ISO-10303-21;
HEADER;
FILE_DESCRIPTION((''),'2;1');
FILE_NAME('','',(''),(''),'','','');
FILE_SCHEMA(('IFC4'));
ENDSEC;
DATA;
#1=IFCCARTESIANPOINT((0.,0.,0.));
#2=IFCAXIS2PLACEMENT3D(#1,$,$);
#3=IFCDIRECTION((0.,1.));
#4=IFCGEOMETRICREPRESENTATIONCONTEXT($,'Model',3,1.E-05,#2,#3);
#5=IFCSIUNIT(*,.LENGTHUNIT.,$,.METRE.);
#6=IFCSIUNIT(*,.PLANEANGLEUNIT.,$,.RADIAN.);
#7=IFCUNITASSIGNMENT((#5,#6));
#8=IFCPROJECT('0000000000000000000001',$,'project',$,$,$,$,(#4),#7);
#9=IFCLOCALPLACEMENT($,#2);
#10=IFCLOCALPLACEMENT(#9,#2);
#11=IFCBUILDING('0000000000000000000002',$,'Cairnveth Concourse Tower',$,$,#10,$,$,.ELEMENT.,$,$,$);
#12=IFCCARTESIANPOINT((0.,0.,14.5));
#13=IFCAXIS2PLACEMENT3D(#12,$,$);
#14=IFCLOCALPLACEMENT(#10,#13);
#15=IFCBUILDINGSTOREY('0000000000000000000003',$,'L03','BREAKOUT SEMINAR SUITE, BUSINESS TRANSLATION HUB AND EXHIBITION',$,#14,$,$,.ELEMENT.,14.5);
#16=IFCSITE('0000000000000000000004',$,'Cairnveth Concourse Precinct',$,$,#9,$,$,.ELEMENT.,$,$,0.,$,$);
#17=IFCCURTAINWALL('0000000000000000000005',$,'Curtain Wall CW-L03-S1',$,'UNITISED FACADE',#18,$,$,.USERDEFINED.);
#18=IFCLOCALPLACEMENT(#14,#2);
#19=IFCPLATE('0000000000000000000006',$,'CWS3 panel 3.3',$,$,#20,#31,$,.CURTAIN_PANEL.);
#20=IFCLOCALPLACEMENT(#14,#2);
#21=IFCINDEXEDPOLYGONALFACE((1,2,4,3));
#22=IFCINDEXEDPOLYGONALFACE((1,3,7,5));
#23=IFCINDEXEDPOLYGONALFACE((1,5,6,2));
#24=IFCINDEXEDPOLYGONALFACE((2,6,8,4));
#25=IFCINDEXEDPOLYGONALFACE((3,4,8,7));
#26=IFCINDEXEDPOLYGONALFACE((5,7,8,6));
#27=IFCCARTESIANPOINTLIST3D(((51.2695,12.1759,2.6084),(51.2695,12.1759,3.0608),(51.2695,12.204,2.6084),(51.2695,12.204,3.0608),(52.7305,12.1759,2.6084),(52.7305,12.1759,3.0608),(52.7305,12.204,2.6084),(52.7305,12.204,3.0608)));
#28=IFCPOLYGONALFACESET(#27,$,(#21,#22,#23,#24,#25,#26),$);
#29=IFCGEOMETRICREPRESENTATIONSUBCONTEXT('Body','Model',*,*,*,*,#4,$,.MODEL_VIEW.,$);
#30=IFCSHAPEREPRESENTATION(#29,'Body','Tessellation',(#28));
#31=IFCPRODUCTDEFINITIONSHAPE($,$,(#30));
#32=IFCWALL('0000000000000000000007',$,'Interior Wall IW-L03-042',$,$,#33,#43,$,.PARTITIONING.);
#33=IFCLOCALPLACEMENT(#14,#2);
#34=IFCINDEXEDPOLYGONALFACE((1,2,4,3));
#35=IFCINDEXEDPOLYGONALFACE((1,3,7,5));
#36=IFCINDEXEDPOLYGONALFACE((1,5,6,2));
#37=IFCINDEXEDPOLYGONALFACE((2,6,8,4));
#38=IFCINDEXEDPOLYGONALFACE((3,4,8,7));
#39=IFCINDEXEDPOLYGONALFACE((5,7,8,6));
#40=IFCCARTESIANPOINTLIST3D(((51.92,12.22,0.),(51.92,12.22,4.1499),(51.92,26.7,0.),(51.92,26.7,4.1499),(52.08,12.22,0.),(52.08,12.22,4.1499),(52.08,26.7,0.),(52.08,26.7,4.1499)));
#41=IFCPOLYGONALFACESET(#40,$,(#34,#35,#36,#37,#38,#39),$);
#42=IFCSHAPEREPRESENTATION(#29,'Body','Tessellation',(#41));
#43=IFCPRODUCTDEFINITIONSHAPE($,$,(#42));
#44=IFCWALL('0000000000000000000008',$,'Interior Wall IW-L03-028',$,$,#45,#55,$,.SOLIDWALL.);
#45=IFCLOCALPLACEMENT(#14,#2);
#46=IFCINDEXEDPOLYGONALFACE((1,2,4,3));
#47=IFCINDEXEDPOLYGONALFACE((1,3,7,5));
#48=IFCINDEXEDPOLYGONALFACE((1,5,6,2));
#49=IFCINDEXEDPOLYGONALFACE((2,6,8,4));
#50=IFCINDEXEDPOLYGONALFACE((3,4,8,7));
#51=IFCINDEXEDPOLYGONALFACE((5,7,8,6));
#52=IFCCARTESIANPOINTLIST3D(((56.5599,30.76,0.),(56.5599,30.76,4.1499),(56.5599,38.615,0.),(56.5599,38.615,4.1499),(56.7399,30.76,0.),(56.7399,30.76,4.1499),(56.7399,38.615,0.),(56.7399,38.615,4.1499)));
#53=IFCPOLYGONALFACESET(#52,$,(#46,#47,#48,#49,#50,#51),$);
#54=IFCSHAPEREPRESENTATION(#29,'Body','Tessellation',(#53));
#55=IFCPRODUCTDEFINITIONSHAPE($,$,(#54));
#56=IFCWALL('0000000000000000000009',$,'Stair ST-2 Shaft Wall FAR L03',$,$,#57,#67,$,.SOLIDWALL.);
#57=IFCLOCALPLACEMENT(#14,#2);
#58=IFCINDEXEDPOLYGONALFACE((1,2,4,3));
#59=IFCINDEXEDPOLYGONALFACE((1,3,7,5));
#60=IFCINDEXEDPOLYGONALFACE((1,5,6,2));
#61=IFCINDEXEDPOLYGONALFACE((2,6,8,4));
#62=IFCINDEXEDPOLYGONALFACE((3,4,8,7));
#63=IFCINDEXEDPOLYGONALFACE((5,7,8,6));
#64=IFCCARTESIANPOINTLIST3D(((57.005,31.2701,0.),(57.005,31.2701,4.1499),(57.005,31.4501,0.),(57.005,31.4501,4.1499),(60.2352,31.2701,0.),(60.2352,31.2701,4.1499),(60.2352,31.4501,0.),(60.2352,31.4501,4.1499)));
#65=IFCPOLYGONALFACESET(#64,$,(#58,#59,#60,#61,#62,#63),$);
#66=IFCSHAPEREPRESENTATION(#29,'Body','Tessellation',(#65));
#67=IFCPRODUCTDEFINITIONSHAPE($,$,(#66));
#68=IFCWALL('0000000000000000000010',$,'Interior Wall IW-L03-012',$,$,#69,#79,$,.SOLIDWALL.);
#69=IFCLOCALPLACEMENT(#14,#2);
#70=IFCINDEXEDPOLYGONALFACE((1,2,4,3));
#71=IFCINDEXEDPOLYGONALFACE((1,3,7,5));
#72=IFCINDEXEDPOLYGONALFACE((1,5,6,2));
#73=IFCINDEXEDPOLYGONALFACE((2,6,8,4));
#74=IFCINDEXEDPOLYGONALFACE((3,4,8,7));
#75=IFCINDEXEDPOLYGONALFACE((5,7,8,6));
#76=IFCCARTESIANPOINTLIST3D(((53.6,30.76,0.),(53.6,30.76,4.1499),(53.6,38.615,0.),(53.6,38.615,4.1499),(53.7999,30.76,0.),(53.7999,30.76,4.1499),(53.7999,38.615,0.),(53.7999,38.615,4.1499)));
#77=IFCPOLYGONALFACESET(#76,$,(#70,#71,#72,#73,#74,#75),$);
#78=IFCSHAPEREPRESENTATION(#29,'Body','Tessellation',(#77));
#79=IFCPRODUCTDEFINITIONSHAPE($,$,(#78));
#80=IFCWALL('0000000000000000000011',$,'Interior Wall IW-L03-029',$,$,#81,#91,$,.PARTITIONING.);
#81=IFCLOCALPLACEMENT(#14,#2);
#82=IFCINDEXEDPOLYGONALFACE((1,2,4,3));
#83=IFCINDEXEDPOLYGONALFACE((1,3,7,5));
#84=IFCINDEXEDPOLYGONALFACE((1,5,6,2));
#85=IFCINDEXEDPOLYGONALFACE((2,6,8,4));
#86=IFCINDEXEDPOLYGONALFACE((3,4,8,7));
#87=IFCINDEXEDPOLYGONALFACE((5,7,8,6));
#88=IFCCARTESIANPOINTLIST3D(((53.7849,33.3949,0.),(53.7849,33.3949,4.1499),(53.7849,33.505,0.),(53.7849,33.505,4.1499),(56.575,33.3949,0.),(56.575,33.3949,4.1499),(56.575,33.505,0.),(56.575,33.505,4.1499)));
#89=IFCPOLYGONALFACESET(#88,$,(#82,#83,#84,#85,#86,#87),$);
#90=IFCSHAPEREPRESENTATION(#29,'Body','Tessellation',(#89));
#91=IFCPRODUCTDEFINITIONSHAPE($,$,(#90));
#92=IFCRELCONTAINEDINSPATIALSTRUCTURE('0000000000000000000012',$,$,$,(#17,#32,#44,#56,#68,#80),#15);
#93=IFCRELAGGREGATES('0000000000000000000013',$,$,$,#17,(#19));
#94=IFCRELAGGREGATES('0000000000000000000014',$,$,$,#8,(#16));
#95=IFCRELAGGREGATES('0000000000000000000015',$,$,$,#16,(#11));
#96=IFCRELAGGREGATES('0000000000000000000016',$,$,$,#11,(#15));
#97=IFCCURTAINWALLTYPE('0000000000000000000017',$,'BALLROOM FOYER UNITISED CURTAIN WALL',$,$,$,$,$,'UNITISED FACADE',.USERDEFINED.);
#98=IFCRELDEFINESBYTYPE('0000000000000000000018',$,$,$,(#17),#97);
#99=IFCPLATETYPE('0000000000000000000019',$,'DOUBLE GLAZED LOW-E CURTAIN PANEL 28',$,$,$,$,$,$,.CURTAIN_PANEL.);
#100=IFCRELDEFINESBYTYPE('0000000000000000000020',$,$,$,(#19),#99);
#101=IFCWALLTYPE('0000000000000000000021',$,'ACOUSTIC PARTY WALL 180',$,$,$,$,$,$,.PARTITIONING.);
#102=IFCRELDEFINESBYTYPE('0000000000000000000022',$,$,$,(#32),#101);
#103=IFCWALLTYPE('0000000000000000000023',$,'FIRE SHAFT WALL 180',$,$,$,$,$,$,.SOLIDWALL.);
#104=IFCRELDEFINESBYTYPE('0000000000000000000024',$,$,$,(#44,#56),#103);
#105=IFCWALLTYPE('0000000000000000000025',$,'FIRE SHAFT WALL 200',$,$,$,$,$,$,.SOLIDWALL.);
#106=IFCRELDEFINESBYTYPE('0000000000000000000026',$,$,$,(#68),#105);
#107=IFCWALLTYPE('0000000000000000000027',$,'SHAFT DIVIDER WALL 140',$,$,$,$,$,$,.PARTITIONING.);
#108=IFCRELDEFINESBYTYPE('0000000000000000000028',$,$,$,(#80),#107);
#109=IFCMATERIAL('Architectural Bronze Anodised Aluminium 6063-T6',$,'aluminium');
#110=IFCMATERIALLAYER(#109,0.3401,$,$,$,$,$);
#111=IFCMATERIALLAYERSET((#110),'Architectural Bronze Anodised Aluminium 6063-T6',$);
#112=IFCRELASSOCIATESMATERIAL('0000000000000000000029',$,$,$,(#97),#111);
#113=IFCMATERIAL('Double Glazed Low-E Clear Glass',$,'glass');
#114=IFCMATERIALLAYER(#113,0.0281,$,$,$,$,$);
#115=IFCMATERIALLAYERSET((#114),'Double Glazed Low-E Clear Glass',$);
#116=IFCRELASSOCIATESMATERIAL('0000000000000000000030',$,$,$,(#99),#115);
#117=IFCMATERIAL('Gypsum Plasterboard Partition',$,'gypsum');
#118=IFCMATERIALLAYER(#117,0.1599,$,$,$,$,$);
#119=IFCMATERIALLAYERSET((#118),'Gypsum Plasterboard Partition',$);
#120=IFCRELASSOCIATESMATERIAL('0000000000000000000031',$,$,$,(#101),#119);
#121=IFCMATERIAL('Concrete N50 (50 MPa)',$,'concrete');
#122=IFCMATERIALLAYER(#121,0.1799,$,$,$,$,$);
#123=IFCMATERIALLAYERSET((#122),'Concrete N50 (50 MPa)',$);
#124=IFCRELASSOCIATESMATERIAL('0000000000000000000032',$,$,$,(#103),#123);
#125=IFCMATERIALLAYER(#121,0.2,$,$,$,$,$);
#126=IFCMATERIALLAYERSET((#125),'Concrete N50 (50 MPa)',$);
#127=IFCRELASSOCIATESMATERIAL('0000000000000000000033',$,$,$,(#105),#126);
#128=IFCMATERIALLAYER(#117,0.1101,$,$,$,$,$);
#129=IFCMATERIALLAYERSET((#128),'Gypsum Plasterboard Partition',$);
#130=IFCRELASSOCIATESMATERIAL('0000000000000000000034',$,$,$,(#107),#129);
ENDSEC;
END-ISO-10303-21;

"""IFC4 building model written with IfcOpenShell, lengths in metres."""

from ifc_helpers import new_model, si_unit, direction, frame, frame_2d, origin, origin_2d, place, context, subcontext, project, spatial, rectangle, extrude, material, layer, layer_set, type_object, element, aggregate, save


model = new_model("IFC4")

# Units and contexts
model_context = context("Model", 3, precision=1e-05, world=origin(), true_north=direction((0.0, 1.0)))
body_context = subcontext(model_context, "Body", "Model", "MODEL_VIEW")
ifc_project = project(units=[si_unit("LENGTHUNIT", "METRE"), si_unit("PLANEANGLEUNIT", "RADIAN")], contexts=[model_context])

# Site, building, storey
site_placement = place(None, origin())
site = spatial("IfcSite", under=ifc_project, at=site_placement, Name="Cairnveth Concourse Precinct", CompositionType="ELEMENT", RefElevation=0.0)
building_placement = place(site_placement, origin())
building = spatial("IfcBuilding", under=site, at=building_placement, Name="Cairnveth Concourse Tower", CompositionType="ELEMENT")
storey_placement = place(building_placement, frame((0.0, 0.0, 14.5)))
storey = spatial("IfcBuildingStorey", under=building, at=storey_placement, Name="L03", Description="BREAKOUT SEMINAR SUITE, BUSINESS TRANSLATION HUB AND EXHIBITION", CompositionType="ELEMENT", Elevation=14.5)

# Curtain wall
ifc_material_1 = material(Name="Architectural Bronze Anodised Aluminium 6063-T6", Category="aluminium")
ifc_layer_1 = layer(ifc_material_1, 0.3401)
ifc_layer_set_1 = layer_set([ifc_layer_1], Name="Architectural Bronze Anodised Aluminium 6063-T6")
curtain_wall_type = type_object("IfcCurtainWallType", Name="BALLROOM FOYER UNITISED CURTAIN WALL", ElementType="UNITISED FACADE", PredefinedType="USERDEFINED", material=ifc_layer_set_1)
curtain_wall_placement = place(storey_placement, origin())
curtain_wall = element("IfcCurtainWall", 1, at=curtain_wall_placement, inside=storey, type_object=curtain_wall_type, Name="Curtain Wall CW-L03-S1", ObjectType="UNITISED FACADE", PredefinedType="USERDEFINED")

# Plate
ifc_material_2 = material(Name="Double Glazed Low-E Clear Glass", Category="glass")
ifc_layer_2 = layer(ifc_material_2, 0.0281)
ifc_layer_set_2 = layer_set([ifc_layer_2], Name="Double Glazed Low-E Clear Glass")
plate_type = type_object("IfcPlateType", Name="DOUBLE GLAZED LOW-E CURTAIN PANEL 28", PredefinedType="CURTAIN_PANEL", material=ifc_layer_set_2)
plate_1_placement = place(storey_placement, frame((52.0, 12.1899, 2.6084), z_axis=(0.0, 0.0, 1.0), x_axis=(-1.0, 0.0, 0.0)))
plate_1 = element("IfcPlate", 2, at=plate_1_placement, type_object=plate_type, Name="CWS3 panel 3.3", PredefinedType="CURTAIN_PANEL", context=body_context, shape_type="SweptSolid", body=[
    extrude(rectangle(XDim=1.4609, YDim=0.0281, at=origin_2d()), origin(), (0.0, 0.0, 1.0), 0.4524),
])
aggregate(curtain_wall, [plate_1])

# Walls
ifc_material_3 = material(Name="Gypsum Plasterboard Partition", Category="gypsum")
ifc_layer_3 = layer(ifc_material_3, 0.1599)
ifc_layer_set_3 = layer_set([ifc_layer_3], Name="Gypsum Plasterboard Partition")
wall_type_1 = type_object("IfcWallType", Name="ACOUSTIC PARTY WALL 180", PredefinedType="PARTITIONING", material=ifc_layer_set_3)
wall_1_placement = place(storey_placement, frame((52.0, 12.22, 0.0), z_axis=(0.0, 0.0, 1.0), x_axis=(0.0, 1.0, 0.0)))
element("IfcWall", 3, at=wall_1_placement, inside=storey, type_object=wall_type_1, Name="Interior Wall IW-L03-042", PredefinedType="PARTITIONING", context=body_context, shape_type="SweptSolid", body=[
    extrude(rectangle(XDim=14.48, YDim=0.1599, at=frame_2d((7.24, 0.0))), origin(), (0.0, 0.0, 1.0), 4.1499),
])
ifc_material_4 = material(Name="Concrete N50 (50 MPa)", Category="concrete")
ifc_layer_4 = layer(ifc_material_4, 0.1799)
ifc_layer_set_4 = layer_set([ifc_layer_4], Name="Concrete N50 (50 MPa)")
wall_type_2 = type_object("IfcWallType", Name="FIRE SHAFT WALL 180", PredefinedType="SOLIDWALL", material=ifc_layer_set_4)
wall_2_placement = place(storey_placement, frame((56.6499, 30.76, 0.0), z_axis=(0.0, 0.0, 1.0), x_axis=(0.0, 1.0, 0.0)))
element("IfcWall", 4, at=wall_2_placement, inside=storey, type_object=wall_type_2, Name="Interior Wall IW-L03-028", PredefinedType="SOLIDWALL", context=body_context, shape_type="SweptSolid", body=[
    extrude(rectangle(XDim=7.855, YDim=0.1799, at=frame_2d((3.9275, 0.0))), origin(), (0.0, 0.0, 1.0), 4.1499),
])
wall_3_placement = place(storey_placement, frame((57.0049, 31.3601, 0.0), z_axis=(0.0, 0.0, 1.0), x_axis=(1.0, 0.0, 0.0)))
element("IfcWall", 5, at=wall_3_placement, inside=storey, type_object=wall_type_2, Name="Stair ST-2 Shaft Wall FAR L03", PredefinedType="SOLIDWALL", context=body_context, shape_type="SweptSolid", body=[
    extrude(rectangle(XDim=3.2302, YDim=0.1799, at=frame_2d((1.6152, 0.0))), origin(), (0.0, 0.0, 1.0), 4.1499),
])
ifc_layer_5 = layer(ifc_material_4, 0.2)
ifc_layer_set_5 = layer_set([ifc_layer_5], Name="Concrete N50 (50 MPa)")
wall_type_3 = type_object("IfcWallType", Name="FIRE SHAFT WALL 200", PredefinedType="SOLIDWALL", material=ifc_layer_set_5)
wall_4_placement = place(storey_placement, frame((53.7, 30.76, 0.0), z_axis=(0.0, 0.0, 1.0), x_axis=(0.0, 1.0, 0.0)))
element("IfcWall", 6, at=wall_4_placement, inside=storey, type_object=wall_type_3, Name="Interior Wall IW-L03-012", PredefinedType="SOLIDWALL", context=body_context, shape_type="SweptSolid", body=[
    extrude(rectangle(XDim=7.855, YDim=0.2, at=frame_2d((3.9275, 0.0))), origin(), (0.0, 0.0, 1.0), 4.1499),
])
ifc_layer_6 = layer(ifc_material_3, 0.1101)
ifc_layer_set_6 = layer_set([ifc_layer_6], Name="Gypsum Plasterboard Partition")
wall_type_4 = type_object("IfcWallType", Name="SHAFT DIVIDER WALL 140", PredefinedType="PARTITIONING", material=ifc_layer_set_6)
wall_5_placement = place(storey_placement, frame((53.7849, 33.45, 0.0), z_axis=(0.0, 0.0, 1.0), x_axis=(1.0, 0.0, 0.0)))
element("IfcWall", 7, at=wall_5_placement, inside=storey, type_object=wall_type_4, Name="Interior Wall IW-L03-029", PredefinedType="PARTITIONING", context=body_context, shape_type="SweptSolid", body=[
    extrude(rectangle(XDim=2.79, YDim=0.1101, at=frame_2d((1.395, 0.0))), origin(), (0.0, 0.0, 1.0), 4.1499),
])

save(model, "model.ifc")
